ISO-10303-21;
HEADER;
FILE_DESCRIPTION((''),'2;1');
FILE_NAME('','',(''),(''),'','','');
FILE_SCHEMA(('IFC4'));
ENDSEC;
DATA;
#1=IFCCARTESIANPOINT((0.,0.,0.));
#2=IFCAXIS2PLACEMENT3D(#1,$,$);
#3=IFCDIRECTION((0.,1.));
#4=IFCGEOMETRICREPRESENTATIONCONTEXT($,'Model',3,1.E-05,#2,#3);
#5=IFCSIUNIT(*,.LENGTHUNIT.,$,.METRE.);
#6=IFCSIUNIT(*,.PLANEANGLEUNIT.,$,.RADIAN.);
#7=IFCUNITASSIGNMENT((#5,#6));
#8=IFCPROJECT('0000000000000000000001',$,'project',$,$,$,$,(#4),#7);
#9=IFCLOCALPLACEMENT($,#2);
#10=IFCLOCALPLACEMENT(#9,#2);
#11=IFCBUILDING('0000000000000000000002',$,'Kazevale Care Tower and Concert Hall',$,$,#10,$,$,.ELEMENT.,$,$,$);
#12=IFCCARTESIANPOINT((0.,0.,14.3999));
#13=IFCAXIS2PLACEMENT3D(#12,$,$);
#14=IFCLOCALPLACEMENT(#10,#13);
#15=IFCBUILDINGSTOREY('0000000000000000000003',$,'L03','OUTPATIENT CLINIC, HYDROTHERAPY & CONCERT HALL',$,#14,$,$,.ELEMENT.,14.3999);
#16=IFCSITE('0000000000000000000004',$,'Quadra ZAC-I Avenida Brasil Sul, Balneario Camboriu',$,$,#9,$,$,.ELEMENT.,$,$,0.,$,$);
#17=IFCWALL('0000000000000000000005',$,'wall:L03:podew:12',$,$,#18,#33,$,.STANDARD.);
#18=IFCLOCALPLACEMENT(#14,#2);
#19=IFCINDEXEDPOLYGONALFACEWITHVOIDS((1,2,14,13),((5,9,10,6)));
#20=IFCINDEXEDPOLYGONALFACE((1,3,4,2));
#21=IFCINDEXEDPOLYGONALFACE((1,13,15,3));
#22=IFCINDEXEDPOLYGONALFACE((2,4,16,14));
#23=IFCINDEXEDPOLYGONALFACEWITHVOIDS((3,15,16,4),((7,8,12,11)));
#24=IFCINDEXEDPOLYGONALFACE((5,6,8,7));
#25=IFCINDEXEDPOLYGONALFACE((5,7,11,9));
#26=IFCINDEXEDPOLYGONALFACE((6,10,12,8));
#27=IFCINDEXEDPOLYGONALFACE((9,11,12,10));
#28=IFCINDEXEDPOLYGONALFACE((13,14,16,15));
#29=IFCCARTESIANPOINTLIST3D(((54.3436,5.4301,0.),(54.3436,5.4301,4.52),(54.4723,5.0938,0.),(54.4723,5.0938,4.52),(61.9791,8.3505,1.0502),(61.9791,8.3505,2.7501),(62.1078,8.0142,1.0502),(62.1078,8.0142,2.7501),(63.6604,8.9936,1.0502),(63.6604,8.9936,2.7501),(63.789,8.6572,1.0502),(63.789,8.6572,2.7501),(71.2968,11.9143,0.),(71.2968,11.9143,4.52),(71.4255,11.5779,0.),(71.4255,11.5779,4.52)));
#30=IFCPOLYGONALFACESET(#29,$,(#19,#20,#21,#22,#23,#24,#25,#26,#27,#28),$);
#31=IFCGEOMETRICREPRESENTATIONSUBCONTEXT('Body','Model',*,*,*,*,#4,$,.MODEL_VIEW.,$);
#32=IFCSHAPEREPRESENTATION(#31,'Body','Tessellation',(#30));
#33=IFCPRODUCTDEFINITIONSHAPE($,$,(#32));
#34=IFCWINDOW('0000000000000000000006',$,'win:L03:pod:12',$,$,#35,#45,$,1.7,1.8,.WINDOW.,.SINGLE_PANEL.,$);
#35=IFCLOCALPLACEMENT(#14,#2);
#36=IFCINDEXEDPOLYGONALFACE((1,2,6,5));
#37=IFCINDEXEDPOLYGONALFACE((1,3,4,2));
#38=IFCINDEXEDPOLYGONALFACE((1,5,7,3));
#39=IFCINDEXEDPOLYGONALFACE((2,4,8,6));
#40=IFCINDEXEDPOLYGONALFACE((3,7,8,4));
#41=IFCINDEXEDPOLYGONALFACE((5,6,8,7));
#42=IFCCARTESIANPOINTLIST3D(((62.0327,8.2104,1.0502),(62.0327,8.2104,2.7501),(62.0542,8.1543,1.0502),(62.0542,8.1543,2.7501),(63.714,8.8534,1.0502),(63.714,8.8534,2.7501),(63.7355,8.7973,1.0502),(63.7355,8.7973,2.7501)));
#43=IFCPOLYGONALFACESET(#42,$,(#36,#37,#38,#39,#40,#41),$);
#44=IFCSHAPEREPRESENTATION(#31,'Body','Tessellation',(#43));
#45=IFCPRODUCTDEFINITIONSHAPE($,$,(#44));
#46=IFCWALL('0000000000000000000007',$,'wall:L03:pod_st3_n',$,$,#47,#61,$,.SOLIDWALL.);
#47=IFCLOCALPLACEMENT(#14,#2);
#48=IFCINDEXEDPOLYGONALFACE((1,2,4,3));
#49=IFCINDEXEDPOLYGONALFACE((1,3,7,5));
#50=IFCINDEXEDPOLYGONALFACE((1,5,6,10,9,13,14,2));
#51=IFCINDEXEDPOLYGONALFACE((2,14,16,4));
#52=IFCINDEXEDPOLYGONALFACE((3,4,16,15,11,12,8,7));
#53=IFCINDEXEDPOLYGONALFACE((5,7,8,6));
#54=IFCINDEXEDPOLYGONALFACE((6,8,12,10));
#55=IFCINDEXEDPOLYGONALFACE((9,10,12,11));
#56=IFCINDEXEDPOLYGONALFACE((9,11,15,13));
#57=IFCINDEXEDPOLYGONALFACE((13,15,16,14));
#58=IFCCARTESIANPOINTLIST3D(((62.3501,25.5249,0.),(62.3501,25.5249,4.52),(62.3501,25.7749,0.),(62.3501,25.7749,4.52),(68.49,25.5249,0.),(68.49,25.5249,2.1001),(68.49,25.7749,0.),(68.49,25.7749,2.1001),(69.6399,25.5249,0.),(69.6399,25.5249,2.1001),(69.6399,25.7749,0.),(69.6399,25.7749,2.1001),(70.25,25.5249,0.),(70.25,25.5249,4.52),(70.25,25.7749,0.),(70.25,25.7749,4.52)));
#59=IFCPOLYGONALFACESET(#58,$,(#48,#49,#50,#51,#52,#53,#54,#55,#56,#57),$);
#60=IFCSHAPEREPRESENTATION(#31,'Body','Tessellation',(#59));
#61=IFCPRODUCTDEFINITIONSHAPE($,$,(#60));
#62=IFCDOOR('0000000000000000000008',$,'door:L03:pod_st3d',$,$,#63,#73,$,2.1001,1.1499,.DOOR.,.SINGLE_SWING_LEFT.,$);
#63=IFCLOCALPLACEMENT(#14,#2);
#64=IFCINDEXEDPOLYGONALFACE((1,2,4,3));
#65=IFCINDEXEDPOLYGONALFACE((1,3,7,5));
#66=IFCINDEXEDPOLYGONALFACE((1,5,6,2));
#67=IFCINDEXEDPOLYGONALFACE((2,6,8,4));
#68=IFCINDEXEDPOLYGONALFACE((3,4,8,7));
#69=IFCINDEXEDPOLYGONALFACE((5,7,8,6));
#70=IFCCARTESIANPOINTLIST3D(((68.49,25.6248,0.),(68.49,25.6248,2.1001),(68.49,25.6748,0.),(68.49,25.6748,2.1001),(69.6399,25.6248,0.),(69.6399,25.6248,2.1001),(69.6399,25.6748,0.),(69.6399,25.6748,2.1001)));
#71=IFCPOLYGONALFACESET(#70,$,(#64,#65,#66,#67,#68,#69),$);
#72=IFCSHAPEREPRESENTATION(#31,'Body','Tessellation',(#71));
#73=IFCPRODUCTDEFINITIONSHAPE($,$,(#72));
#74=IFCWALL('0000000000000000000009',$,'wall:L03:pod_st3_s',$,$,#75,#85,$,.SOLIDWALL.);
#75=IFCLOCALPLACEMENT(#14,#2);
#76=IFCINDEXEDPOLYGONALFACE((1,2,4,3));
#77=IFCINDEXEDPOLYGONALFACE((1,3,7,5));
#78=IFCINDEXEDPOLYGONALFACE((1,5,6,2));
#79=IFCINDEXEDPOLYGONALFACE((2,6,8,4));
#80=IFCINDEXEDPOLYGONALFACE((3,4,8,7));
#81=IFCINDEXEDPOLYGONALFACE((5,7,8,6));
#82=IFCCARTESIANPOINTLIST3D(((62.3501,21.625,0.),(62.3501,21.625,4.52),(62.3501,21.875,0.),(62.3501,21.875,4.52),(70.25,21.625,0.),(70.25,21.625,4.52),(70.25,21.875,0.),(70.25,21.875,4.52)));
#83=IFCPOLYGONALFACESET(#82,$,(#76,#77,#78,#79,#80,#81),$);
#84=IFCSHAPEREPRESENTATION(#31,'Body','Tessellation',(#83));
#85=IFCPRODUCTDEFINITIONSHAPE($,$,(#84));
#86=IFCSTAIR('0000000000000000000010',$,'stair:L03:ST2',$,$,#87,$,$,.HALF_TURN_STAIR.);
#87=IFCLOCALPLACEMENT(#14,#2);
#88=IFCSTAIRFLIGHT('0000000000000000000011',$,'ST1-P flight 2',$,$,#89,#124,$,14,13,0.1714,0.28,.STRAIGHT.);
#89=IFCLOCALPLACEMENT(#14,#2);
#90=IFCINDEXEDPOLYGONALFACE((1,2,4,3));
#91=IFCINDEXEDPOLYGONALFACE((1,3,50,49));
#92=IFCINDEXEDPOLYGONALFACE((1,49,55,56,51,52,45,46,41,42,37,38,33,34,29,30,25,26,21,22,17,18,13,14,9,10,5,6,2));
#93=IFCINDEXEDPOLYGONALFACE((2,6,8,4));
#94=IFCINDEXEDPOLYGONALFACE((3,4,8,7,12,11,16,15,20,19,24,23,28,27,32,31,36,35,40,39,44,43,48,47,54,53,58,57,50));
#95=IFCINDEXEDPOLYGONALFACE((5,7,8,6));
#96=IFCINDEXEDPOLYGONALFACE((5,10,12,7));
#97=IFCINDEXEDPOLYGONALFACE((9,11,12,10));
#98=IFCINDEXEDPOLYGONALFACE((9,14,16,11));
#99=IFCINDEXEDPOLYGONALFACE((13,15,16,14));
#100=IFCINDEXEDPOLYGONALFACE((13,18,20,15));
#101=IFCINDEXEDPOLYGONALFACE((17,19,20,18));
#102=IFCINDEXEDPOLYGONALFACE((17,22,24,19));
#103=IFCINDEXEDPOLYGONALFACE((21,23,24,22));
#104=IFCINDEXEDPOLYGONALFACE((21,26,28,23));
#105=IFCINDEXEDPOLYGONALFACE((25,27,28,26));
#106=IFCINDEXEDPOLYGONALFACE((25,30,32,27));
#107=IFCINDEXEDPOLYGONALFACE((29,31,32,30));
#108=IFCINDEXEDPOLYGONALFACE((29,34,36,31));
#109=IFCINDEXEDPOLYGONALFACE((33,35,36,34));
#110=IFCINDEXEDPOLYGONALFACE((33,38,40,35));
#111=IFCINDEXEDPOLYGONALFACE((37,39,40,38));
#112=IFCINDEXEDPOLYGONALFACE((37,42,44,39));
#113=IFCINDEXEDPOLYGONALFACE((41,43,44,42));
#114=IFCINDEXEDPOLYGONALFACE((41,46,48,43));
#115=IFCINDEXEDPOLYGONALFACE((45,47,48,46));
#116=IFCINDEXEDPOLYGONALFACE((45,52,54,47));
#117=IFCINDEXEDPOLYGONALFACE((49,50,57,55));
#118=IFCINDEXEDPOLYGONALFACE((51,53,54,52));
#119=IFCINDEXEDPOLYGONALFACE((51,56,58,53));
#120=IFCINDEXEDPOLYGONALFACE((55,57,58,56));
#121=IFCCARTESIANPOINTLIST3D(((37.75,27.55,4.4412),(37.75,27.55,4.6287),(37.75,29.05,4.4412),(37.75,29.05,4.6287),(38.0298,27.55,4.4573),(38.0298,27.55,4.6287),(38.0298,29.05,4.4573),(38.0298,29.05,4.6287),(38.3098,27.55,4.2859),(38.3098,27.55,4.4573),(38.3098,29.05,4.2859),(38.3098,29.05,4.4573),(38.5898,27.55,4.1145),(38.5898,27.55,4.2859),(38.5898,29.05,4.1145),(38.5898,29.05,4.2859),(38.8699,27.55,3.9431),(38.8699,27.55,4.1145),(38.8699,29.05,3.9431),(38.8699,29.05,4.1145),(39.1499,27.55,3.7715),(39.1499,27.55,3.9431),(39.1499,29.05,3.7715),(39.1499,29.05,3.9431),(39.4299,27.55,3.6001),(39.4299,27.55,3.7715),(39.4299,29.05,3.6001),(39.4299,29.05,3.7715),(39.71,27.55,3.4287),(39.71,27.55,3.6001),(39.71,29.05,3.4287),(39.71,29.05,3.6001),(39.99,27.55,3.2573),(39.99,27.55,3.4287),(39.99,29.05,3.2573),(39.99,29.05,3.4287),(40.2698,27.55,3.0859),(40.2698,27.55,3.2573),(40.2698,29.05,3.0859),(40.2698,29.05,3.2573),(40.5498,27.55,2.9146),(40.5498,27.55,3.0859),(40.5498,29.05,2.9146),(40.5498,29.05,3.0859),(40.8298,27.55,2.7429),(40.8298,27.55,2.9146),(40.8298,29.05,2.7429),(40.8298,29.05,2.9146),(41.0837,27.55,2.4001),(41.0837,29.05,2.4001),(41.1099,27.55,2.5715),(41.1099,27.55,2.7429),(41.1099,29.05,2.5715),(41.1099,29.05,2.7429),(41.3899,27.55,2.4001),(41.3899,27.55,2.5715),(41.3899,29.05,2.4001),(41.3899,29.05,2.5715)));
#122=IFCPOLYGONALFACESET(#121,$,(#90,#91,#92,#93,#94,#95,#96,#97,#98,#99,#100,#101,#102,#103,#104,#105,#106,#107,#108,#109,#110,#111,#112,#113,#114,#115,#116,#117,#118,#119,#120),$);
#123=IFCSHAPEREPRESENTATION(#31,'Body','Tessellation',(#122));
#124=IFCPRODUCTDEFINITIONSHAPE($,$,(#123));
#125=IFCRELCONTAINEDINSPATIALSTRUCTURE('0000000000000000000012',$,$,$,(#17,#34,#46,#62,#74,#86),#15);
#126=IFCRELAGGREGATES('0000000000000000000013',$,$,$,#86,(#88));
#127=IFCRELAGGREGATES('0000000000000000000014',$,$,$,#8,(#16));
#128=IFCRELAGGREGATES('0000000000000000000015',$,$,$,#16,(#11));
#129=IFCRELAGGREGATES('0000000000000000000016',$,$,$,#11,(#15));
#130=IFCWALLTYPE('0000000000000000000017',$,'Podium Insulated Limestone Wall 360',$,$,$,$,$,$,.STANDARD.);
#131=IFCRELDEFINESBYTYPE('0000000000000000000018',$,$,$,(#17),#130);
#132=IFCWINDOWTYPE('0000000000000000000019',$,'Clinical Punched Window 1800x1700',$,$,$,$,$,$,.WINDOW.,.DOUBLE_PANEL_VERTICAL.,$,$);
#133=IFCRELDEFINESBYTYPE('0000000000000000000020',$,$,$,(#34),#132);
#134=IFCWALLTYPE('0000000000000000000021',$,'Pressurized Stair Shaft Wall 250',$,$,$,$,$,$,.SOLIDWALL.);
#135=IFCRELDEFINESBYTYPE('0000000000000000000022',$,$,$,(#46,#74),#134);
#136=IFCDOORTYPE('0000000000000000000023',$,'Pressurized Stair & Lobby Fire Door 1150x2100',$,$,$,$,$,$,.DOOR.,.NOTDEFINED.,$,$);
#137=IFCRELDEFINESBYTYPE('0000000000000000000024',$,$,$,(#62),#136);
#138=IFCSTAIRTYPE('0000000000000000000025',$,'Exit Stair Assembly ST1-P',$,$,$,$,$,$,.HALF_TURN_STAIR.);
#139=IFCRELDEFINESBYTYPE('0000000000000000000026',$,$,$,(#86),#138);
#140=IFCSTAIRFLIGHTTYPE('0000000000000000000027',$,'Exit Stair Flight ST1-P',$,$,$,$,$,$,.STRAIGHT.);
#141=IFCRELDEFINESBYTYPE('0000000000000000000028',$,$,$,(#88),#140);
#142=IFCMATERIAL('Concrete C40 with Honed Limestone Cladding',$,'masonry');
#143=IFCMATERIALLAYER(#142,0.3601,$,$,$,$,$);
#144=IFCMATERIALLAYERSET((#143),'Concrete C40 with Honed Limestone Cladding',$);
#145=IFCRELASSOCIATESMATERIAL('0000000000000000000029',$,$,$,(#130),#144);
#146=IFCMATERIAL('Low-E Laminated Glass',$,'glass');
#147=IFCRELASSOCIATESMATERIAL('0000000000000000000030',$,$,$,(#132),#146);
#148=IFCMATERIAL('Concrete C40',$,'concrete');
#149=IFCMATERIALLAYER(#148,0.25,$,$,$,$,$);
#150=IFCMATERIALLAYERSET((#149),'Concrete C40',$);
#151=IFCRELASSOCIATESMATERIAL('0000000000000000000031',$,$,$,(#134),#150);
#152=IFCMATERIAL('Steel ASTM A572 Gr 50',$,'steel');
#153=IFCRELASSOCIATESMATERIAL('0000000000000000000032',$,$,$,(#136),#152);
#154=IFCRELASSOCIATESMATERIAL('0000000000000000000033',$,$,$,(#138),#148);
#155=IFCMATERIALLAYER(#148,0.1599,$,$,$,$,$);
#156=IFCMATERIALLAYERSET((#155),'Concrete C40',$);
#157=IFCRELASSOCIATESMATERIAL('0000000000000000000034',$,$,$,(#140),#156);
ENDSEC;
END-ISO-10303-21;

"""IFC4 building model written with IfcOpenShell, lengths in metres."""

from ifc_helpers import new_model, si_unit, direction, frame, frame_2d, origin, place, context, subcontext, project, spatial, polyline, rectangle, outline, extrude, material, layer, layer_set, type_object, element, fill, aggregate, save


model = new_model("IFC4")

# Units and contexts
model_context = context("Model", 3, precision=1e-05, world=origin(), true_north=direction((0.0, 1.0)))
body_context = subcontext(model_context, "Body", "Model", "MODEL_VIEW")
ifc_project = project(units=[si_unit("LENGTHUNIT", "METRE"), si_unit("PLANEANGLEUNIT", "RADIAN")], contexts=[model_context])

# Site, building, storey
site_placement = place(None, origin())
site = spatial("IfcSite", under=ifc_project, at=site_placement, Name="Quadra ZAC-I Avenida Brasil Sul, Balneario Camboriu", CompositionType="ELEMENT", RefElevation=0.0)
building_placement = place(site_placement, origin())
building = spatial("IfcBuilding", under=site, at=building_placement, Name="Kazevale Care Tower and Concert Hall", CompositionType="ELEMENT")
storey_placement = place(building_placement, frame((0.0, 0.0, 14.3999)))
storey = spatial("IfcBuildingStorey", under=building, at=storey_placement, Name="L03", Description="OUTPATIENT CLINIC, HYDROTHERAPY & CONCERT HALL", CompositionType="ELEMENT", Elevation=14.3999)

# Shared definitions
ifc_material_1 = material(Name="Steel ASTM A572 Gr 50", Category="steel")

# Wall, opening, window
ifc_material_2 = material(Name="Concrete C40 with Honed Limestone Cladding", Category="masonry")
ifc_layer_1 = layer(ifc_material_2, 0.3601)
ifc_layer_set_1 = layer_set([ifc_layer_1], Name="Concrete C40 with Honed Limestone Cladding")
wall_type_1 = type_object("IfcWallType", Name="Podium Insulated Limestone Wall 360", PredefinedType="STANDARD", material=ifc_layer_set_1)
wall_1_placement = place(storey_placement, frame((54.408, 5.262, 0.0), z_axis=(0.0, 0.0, 1.0), x_axis=(0.934014, 0.357236, 0.0)))
wall_1 = element("IfcWall", 1, at=wall_1_placement, inside=storey, type_object=wall_type_1, Name="wall:L03:podew:12", PredefinedType="STANDARD", context=body_context, shape_type="SweptSolid", body=[
    extrude(rectangle(XDim=18.1509, YDim=0.3601, at=frame_2d((9.0754, 0.0))), origin(), (0.0, 0.0, 1.0), 4.52),
])
opening_1_placement = place(wall_1_placement, frame((8.175, 0.0, 1.05)))
opening_1 = element("IfcOpeningElement", 2, at=opening_1_placement, cuts=wall_1, PredefinedType="OPENING", context=body_context, shape_type="SweptSolid", body=[
    extrude(rectangle(XDim=1.8, YDim=1.7, at=frame_2d((0.8999, 0.8501))), frame((0.0, 0.1899, 0.0), z_axis=(0.0, -1.0, 0.0), x_axis=(1.0, 0.0, 0.0)), (0.0, 0.0, 1.0), 0.3801),
])
ifc_material_3 = material(Name="Low-E Laminated Glass", Category="glass")
window_type = type_object("IfcWindowType", Name="Clinical Punched Window 1800x1700", PartitioningType="DOUBLE_PANEL_VERTICAL", PredefinedType="WINDOW", material=ifc_material_3)
window_placement = place(opening_1_placement, origin())
window = element("IfcWindow", 3, at=window_placement, inside=storey, type_object=window_type, Name="win:L03:pod:12", OverallHeight=1.7, OverallWidth=1.8, PartitioningType="SINGLE_PANEL", PredefinedType="WINDOW", context=body_context, shape_type="SweptSolid", body=[
    extrude(rectangle(XDim=1.8, YDim=1.7, at=frame_2d((0.8999, 0.8501))), frame((0.0, 0.03, 0.0), z_axis=(0.0, -1.0, 0.0), x_axis=(1.0, 0.0, 0.0)), (0.0, 0.0, 1.0), 0.0601),
])
fill(opening_1, window)

# Wall, opening, door
ifc_material_4 = material(Name="Concrete C40", Category="concrete")
ifc_layer_2 = layer(ifc_material_4, 0.25)
ifc_layer_set_2 = layer_set([ifc_layer_2], Name="Concrete C40")
wall_type_2 = type_object("IfcWallType", Name="Pressurized Stair Shaft Wall 250", PredefinedType="SOLIDWALL", material=ifc_layer_set_2)
wall_2_placement = place(storey_placement, frame((62.3501, 25.6499, 0.0), z_axis=(0.0, 0.0, 1.0), x_axis=(1.0, 0.0, 0.0)))
wall_2 = element("IfcWall", 4, at=wall_2_placement, inside=storey, type_object=wall_type_2, Name="wall:L03:pod_st3_n", PredefinedType="SOLIDWALL", context=body_context, shape_type="SweptSolid", body=[
    extrude(rectangle(XDim=7.8999, YDim=0.25, at=frame_2d((3.95, 0.0))), origin(), (0.0, 0.0, 1.0), 4.52),
])
opening_2_placement = place(wall_2_placement, frame((6.1399, 0.0, 0.0)))
opening_2 = element("IfcOpeningElement", 5, at=opening_2_placement, cuts=wall_2, PredefinedType="OPENING", context=body_context, shape_type="SweptSolid", body=[
    extrude(rectangle(XDim=1.1499, YDim=2.1001, at=frame_2d((0.575, 1.05))), frame((0.0, 0.135, 0.0), z_axis=(0.0, -1.0, 0.0), x_axis=(1.0, 0.0, 0.0)), (0.0, 0.0, 1.0), 0.27),
])
door_type_1 = type_object("IfcDoorType", Name="Pressurized Stair & Lobby Fire Door 1150x2100", OperationType="NOTDEFINED", PredefinedType="DOOR", material=ifc_material_1)
door_1_placement = place(opening_2_placement, origin())
door_1 = element("IfcDoor", 6, at=door_1_placement, inside=storey, type_object=door_type_1, Name="door:L03:pod_st3d", OperationType="SINGLE_SWING_LEFT", OverallHeight=2.1001, OverallWidth=1.1499, PredefinedType="DOOR", context=body_context, shape_type="SweptSolid", body=[
    extrude(rectangle(XDim=1.1499, YDim=2.1001, at=frame_2d((0.575, 1.05))), frame((0.0, 0.0249, 0.0), z_axis=(0.0, -1.0, 0.0), x_axis=(1.0, 0.0, 0.0)), (0.0, 0.0, 1.0), 0.05),
])
fill(opening_2, door_1)

# Wall
wall_3_placement = place(storey_placement, frame((62.3501, 21.75, 0.0), z_axis=(0.0, 0.0, 1.0), x_axis=(1.0, 0.0, 0.0)))
element("IfcWall", 7, at=wall_3_placement, inside=storey, type_object=wall_type_2, Name="wall:L03:pod_st3_s", PredefinedType="SOLIDWALL", context=body_context, shape_type="SweptSolid", body=[
    extrude(rectangle(XDim=7.8999, YDim=0.25, at=frame_2d((3.95, 0.0))), origin(), (0.0, 0.0, 1.0), 4.52),
])

# Stair, stair flight
stair_type = type_object("IfcStairType", Name="Exit Stair Assembly ST1-P", PredefinedType="HALF_TURN_STAIR", material=ifc_material_4)
stair_placement = place(storey_placement, origin())
stair = element("IfcStair", 8, at=stair_placement, inside=storey, type_object=stair_type, Name="stair:L03:ST2", PredefinedType="HALF_TURN_STAIR")
ifc_layer_3 = layer(ifc_material_4, 0.1599)
ifc_layer_set_3 = layer_set([ifc_layer_3], Name="Concrete C40")
stair_flight_type = type_object("IfcStairFlightType", Name="Exit Stair Flight ST1-P", PredefinedType="STRAIGHT", material=ifc_layer_set_3)
stair_flight_placement = place(storey_placement, frame((41.3899, 28.3, 2.4001), z_axis=(0.0, 0.0, 1.0), x_axis=(-1.0, 0.0, 0.0)))
stair_flight = element("IfcStairFlight", 9, at=stair_flight_placement, type_object=stair_flight_type, Name="ST1-P flight 2", NumberOfRisers=14, NumberOfTreads=13, PredefinedType="STRAIGHT", RiserHeight=0.1714, TreadLength=0.28, context=body_context, shape_type="SweptSolid", body=[
    extrude(outline(polyline([(0.0, 0.0), (0.0, 0.1714), (0.28, 0.1714), (0.28, 0.3428), (0.5601, 0.3428), (0.5601, 0.5144), (0.8401, 0.5144), (0.8401, 0.6858), (1.1201, 0.6858), (1.1201, 0.8572), (1.3999, 0.8572), (1.3999, 1.0286), (1.6799, 1.0286), (1.6799, 1.2), (1.96, 1.2), (1.96, 1.3713), (2.24, 1.3713), (2.24, 1.543), (2.52, 1.543), (2.52, 1.7144), (2.8, 1.7144), (2.8, 1.8857), (3.0801, 1.8857), (3.0801, 2.0571), (3.3601, 2.0571), (3.3601, 2.2285), (3.6399, 2.2285), (3.6399, 2.3999), (3.6399, 2.041), (0.3062, 0.0), (0.0, 0.0)])), frame((0.0, 0.75, 0.0), z_axis=(0.0, -1.0, 0.0), x_axis=(1.0, 0.0, 0.0)), (0.0, 0.0, 1.0), 1.5),
])
aggregate(stair, [stair_flight])

save(model, "model.ifc")
